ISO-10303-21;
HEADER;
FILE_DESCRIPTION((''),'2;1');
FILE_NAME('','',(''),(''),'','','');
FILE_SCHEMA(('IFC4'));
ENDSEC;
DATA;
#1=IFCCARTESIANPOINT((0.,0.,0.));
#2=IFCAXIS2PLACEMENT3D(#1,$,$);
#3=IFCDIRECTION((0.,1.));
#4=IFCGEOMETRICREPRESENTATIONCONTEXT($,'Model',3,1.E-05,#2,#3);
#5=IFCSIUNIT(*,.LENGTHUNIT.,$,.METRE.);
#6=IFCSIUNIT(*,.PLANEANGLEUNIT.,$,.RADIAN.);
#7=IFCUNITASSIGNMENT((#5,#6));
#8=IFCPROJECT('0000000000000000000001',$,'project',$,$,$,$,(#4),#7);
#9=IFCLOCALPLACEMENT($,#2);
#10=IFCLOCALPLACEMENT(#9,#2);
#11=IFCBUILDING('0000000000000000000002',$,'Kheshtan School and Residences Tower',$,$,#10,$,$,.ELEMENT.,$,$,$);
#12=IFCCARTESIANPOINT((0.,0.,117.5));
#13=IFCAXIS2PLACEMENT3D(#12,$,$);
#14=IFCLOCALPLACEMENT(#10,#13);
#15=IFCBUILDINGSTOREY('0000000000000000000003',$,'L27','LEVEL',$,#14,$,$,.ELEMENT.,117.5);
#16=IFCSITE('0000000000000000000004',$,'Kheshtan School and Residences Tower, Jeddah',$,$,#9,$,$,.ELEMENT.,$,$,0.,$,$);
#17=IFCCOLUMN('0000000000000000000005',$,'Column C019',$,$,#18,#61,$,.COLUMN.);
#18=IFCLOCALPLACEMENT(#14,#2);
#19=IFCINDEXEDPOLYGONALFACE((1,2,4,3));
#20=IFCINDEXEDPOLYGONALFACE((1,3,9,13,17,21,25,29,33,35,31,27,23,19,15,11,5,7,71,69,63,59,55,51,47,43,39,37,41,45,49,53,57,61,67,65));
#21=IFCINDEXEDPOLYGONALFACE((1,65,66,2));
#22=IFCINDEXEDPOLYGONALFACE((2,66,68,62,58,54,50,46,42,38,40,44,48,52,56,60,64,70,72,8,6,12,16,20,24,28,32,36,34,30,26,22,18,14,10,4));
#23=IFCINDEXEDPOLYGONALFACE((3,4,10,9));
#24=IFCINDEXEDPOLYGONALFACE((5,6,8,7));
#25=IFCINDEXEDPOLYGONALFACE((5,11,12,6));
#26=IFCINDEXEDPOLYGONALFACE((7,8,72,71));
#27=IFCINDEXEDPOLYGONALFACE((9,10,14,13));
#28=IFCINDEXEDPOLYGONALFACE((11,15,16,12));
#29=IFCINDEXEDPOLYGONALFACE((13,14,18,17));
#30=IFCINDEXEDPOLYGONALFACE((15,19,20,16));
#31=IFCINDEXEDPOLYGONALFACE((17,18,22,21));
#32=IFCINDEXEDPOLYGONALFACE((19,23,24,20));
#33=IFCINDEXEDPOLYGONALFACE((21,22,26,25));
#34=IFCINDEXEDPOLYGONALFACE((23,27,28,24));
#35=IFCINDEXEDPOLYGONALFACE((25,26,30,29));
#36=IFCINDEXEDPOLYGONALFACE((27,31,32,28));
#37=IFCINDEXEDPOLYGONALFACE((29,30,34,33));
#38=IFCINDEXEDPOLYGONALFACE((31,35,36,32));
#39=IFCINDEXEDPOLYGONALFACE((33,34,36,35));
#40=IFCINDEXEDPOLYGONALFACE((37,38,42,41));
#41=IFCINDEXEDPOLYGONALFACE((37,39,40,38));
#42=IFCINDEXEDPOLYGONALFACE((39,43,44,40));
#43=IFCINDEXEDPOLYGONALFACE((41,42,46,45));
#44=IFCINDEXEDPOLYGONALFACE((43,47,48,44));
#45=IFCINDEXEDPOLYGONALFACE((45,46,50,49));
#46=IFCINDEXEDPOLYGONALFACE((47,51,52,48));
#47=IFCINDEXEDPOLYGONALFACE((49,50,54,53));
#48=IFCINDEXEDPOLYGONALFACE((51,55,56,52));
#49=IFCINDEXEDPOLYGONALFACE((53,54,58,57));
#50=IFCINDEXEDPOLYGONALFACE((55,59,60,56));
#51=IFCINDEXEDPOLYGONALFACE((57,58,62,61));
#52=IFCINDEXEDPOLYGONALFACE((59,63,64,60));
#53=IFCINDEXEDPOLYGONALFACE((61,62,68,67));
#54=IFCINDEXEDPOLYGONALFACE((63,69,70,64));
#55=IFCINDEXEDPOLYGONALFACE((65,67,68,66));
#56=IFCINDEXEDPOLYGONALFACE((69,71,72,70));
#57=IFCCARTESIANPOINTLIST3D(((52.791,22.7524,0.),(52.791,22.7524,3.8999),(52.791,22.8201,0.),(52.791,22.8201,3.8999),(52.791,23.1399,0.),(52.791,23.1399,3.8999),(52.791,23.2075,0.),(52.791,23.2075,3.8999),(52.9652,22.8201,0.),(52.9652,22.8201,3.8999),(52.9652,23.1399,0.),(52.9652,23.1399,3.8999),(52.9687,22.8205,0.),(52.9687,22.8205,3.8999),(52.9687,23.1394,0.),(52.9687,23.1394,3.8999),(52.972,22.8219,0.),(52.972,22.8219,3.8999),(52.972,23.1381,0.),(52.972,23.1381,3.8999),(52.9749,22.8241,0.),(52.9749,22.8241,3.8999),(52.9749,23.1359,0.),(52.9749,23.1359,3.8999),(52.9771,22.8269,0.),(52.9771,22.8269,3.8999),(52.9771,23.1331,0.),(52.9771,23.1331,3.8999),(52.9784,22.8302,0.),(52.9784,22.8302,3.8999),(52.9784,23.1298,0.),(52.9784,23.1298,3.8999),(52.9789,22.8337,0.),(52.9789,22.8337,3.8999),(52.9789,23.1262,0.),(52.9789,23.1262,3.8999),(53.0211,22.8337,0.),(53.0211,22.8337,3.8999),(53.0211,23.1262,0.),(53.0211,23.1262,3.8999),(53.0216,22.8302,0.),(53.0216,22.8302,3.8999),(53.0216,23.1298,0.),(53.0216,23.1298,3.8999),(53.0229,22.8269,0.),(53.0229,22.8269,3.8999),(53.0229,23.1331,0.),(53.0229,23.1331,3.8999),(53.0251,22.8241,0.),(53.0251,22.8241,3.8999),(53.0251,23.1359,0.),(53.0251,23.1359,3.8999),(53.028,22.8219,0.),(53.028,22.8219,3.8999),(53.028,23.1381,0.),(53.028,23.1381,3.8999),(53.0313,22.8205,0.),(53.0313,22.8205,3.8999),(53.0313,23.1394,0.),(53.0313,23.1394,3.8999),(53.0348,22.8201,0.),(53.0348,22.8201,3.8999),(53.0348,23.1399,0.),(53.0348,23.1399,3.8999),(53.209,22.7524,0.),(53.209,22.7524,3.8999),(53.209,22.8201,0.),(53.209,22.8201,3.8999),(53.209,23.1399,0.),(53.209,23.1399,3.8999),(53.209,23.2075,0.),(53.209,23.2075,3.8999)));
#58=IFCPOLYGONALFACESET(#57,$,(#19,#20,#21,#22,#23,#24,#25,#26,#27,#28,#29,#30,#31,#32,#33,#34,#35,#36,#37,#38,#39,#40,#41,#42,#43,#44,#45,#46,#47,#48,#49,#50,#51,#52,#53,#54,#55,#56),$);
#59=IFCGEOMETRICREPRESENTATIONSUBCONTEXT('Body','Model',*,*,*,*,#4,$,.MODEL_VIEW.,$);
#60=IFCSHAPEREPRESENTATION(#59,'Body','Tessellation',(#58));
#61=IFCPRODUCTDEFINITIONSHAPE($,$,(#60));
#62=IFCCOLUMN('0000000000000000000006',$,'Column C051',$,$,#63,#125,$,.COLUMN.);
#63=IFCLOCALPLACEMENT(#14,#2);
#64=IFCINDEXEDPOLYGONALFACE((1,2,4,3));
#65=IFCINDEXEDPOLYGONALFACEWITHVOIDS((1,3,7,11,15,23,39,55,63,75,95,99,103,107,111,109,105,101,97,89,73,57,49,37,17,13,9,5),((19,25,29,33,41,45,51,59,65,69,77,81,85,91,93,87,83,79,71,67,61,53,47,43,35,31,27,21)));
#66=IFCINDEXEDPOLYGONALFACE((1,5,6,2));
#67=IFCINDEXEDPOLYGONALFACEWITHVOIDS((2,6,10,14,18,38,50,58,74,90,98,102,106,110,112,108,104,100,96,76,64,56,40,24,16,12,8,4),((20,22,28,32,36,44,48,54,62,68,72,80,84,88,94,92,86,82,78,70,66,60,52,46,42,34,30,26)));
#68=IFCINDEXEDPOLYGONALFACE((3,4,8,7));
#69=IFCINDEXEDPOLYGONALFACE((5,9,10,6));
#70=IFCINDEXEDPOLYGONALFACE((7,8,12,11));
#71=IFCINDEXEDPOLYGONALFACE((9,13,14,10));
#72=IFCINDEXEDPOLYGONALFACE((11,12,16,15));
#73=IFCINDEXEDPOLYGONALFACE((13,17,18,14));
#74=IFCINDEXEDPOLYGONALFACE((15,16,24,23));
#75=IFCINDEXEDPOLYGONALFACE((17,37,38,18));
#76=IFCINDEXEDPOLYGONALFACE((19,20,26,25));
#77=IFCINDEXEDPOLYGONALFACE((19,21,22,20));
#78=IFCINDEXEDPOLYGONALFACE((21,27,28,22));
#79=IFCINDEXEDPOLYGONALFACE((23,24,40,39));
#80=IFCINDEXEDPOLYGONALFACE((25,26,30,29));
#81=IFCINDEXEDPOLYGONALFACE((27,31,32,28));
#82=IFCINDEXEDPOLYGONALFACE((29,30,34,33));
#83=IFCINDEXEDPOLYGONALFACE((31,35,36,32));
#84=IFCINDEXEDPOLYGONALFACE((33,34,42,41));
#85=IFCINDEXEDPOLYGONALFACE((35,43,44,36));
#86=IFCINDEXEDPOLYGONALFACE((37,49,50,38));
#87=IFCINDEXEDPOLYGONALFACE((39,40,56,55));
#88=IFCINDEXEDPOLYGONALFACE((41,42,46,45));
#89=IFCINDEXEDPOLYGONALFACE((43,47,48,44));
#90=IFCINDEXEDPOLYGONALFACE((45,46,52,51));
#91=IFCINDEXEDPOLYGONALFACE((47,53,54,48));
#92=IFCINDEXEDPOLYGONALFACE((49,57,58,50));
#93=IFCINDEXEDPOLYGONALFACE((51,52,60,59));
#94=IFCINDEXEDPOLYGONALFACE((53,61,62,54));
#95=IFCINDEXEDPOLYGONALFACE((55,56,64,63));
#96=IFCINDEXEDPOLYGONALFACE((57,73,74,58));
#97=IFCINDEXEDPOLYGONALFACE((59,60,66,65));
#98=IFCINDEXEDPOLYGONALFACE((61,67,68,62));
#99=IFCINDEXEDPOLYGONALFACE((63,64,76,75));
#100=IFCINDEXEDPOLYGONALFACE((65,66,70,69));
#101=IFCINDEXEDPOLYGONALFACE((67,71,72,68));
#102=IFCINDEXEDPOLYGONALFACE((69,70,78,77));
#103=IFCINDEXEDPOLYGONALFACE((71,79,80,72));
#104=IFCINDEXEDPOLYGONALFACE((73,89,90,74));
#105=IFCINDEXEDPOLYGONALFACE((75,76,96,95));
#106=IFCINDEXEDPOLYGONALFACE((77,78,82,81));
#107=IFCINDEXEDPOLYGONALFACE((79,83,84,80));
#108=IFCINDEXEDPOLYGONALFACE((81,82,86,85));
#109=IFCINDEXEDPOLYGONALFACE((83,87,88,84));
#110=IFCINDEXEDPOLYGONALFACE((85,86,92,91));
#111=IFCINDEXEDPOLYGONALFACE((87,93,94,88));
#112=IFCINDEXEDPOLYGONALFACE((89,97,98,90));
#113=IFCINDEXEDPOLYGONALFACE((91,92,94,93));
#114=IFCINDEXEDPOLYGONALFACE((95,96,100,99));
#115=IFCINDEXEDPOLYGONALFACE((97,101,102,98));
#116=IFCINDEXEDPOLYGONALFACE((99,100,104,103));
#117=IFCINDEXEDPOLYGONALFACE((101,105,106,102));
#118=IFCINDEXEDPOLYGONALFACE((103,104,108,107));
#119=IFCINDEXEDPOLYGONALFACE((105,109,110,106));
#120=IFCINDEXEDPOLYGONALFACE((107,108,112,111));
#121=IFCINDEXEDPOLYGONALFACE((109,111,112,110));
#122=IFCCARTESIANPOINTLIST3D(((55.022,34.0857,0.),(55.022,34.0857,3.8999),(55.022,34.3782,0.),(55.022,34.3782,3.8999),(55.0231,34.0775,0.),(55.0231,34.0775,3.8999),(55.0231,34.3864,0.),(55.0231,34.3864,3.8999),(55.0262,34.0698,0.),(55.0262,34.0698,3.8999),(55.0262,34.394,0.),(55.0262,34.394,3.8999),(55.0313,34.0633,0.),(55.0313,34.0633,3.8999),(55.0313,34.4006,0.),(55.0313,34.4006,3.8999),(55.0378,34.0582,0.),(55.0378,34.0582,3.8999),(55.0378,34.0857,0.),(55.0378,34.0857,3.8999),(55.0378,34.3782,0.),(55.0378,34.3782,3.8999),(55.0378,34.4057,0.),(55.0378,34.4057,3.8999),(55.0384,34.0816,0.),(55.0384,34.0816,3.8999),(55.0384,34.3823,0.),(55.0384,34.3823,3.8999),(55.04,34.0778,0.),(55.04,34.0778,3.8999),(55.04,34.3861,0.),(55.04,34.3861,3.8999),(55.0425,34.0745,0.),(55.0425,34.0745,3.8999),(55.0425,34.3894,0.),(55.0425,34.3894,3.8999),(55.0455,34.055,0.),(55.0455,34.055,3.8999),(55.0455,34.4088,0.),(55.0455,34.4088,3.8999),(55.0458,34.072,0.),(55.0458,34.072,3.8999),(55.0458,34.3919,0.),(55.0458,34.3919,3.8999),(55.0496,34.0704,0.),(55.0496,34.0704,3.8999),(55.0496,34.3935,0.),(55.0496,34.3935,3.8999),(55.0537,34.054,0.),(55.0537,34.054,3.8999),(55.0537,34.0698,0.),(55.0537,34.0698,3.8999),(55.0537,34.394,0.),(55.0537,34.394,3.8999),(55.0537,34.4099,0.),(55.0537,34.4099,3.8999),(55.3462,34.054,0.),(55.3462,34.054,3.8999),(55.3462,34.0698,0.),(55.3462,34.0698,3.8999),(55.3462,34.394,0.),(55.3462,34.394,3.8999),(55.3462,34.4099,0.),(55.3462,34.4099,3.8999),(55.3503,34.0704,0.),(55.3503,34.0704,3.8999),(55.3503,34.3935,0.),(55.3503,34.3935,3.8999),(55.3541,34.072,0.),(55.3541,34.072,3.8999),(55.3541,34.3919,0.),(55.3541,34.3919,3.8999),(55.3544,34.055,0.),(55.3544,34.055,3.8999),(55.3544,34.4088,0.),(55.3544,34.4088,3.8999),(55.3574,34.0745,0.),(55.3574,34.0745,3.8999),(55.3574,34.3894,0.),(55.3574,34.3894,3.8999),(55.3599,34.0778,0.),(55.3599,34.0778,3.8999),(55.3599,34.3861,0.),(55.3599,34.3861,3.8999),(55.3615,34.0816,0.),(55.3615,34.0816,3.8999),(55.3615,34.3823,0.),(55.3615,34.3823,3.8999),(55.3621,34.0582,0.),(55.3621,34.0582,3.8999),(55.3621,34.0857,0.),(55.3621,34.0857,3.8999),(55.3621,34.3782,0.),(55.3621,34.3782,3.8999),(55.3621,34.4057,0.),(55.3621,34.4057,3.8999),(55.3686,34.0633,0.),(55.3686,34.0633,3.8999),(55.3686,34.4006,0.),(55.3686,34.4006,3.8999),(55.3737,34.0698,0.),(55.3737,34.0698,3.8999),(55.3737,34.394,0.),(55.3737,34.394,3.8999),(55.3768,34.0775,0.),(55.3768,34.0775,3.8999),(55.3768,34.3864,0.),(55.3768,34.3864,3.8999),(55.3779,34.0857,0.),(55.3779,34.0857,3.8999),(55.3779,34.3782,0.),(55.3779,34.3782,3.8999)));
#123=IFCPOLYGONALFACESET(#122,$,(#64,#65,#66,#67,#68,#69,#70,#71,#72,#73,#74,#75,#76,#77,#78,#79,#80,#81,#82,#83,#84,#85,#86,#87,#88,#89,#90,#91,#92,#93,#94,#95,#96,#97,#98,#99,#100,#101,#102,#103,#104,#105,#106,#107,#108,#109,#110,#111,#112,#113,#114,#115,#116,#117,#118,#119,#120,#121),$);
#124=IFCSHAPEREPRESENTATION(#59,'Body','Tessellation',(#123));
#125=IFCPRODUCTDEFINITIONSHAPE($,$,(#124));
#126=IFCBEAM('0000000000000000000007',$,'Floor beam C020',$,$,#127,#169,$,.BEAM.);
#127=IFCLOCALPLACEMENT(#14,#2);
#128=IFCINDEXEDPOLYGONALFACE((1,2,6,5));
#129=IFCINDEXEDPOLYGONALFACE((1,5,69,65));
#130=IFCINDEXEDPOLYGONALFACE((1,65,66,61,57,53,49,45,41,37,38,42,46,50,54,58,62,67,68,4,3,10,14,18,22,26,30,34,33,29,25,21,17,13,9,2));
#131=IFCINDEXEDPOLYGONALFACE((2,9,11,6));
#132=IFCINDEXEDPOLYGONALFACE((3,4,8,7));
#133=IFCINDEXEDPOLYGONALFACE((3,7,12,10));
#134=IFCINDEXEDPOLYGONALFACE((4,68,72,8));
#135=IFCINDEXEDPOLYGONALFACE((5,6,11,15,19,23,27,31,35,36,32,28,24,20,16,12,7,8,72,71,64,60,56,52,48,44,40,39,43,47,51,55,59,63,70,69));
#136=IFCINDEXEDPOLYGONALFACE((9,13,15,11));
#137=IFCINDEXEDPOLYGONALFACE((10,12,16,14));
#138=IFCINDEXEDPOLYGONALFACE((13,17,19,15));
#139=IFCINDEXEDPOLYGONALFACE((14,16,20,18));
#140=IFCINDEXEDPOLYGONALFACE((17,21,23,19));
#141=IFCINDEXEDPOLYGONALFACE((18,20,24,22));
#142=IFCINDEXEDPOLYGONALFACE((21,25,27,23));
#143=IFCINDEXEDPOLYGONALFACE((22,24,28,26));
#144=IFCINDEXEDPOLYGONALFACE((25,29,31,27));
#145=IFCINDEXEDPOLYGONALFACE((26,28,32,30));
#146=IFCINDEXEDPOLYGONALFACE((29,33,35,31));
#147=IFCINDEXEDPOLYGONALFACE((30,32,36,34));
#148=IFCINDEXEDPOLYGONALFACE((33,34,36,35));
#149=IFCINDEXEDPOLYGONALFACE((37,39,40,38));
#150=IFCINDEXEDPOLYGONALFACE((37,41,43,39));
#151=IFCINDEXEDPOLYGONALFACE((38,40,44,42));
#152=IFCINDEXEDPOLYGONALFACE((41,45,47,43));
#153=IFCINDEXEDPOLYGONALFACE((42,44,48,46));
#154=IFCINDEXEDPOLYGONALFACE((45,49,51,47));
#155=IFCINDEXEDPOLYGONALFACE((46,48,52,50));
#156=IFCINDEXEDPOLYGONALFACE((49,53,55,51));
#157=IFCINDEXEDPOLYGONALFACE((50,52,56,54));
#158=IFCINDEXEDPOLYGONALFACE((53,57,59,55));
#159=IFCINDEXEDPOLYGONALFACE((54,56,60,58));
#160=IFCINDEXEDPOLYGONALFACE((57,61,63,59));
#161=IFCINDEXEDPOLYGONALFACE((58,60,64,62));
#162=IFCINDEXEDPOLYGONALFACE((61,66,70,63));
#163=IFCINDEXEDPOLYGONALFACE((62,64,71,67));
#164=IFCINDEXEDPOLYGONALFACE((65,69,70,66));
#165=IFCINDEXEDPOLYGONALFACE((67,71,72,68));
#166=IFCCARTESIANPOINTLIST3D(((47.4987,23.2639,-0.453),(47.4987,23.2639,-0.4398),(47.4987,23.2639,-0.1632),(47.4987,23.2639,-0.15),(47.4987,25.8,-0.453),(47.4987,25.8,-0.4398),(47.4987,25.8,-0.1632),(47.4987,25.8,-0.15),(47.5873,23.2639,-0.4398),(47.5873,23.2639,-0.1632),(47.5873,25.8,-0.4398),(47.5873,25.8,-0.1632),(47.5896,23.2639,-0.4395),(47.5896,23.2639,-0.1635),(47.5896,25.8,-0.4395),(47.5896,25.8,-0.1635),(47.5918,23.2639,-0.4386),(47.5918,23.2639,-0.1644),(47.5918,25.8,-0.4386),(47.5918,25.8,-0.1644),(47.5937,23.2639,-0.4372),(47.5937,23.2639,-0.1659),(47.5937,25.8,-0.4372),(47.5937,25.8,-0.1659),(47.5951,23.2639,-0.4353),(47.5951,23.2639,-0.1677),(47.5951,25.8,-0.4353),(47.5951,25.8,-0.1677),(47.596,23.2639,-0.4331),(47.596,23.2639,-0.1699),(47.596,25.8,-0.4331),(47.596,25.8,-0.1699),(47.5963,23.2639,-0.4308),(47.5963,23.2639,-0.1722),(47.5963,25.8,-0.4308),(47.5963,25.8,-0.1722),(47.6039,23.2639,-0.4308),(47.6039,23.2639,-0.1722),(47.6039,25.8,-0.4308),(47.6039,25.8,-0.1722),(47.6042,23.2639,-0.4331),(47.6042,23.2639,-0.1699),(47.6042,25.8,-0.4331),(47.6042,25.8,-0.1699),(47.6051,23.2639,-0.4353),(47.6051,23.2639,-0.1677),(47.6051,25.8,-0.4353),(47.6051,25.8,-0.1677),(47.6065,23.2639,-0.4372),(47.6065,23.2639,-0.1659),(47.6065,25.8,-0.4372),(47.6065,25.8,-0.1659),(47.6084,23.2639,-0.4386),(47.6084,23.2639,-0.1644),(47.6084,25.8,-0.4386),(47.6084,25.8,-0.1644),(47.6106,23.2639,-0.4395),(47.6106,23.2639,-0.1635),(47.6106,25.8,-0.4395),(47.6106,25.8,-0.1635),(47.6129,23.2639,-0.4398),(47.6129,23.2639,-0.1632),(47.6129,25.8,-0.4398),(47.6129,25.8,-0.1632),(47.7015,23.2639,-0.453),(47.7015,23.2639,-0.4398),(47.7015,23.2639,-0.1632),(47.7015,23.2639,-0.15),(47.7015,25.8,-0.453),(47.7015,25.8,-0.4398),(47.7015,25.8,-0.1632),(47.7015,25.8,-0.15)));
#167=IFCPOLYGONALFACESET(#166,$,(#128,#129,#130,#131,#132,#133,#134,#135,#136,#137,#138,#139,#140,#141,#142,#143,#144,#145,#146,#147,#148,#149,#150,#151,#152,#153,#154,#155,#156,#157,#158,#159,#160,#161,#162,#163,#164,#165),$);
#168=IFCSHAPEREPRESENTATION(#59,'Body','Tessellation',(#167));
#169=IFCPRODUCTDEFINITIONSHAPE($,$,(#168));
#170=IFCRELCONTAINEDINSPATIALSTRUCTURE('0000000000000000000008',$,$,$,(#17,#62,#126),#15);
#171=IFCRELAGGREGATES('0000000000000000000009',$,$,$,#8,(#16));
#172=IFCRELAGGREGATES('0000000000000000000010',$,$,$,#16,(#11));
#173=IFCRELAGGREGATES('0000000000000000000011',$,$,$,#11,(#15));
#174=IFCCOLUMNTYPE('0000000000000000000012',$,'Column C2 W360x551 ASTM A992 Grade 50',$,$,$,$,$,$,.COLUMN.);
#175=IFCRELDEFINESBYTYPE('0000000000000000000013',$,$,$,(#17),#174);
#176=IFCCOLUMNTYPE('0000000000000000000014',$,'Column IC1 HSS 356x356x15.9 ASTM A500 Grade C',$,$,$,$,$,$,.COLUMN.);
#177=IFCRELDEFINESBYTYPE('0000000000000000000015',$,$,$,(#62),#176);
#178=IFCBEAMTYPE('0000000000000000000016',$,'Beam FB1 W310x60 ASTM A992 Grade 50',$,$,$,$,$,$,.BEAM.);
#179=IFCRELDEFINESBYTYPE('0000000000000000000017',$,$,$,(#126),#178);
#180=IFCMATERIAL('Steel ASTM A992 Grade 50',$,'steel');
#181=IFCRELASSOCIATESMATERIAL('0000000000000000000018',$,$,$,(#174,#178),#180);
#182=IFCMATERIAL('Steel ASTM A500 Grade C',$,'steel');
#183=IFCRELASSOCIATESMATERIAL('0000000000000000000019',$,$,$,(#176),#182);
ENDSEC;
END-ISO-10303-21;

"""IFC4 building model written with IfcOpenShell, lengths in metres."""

from ifc_helpers import new_model, si_unit, direction, frame, origin, origin_2d, place, context, subcontext, project, spatial, hollow_rectangle, i_section, extrude, material, material_profile, profile_set, type_object, element, save


model = new_model("IFC4")

# Units and contexts
model_context = context("Model", 3, precision=1e-05, world=origin(), true_north=direction((0.0, 1.0)))
body_context = subcontext(model_context, "Body", "Model", "MODEL_VIEW")
ifc_project = project(units=[si_unit("LENGTHUNIT", "METRE"), si_unit("PLANEANGLEUNIT", "RADIAN")], contexts=[model_context])

# Site, building, storey
site_placement = place(None, origin())
site = spatial("IfcSite", under=ifc_project, at=site_placement, Name="Kheshtan School and Residences Tower, Jeddah", CompositionType="ELEMENT", RefElevation=0.0)
building_placement = place(site_placement, origin())
building = spatial("IfcBuilding", under=site, at=building_placement, Name="Kheshtan School and Residences Tower", CompositionType="ELEMENT")
storey_placement = place(building_placement, frame((0.0, 0.0, 117.5)))
storey = spatial("IfcBuildingStorey", under=building, at=storey_placement, Name="L27", Description="LEVEL", CompositionType="ELEMENT", Elevation=117.5)

# Columns
ifc_material_1 = material(Name="Steel ASTM A992 Grade 50", Category="steel")
ifc_material_profile_1 = material_profile(ifc_material_1, i_section(OverallWidth=0.418, OverallDepth=0.4551, WebThickness=0.0422, FlangeThickness=0.0676, FilletRadius=0.0137, at=origin_2d()), Name="W360x551")
ifc_profile_set_1 = profile_set([ifc_material_profile_1], Name="Steel ASTM A992 Grade 50")
column_type_1 = type_object("IfcColumnType", Name="Column C2 W360x551 ASTM A992 Grade 50", PredefinedType="COLUMN", material=ifc_profile_set_1)
column_1_placement = place(storey_placement, frame((53.0, 22.98, 0.0), z_axis=(0.0, 0.0, 1.0), x_axis=(1.0, 0.0, 0.0)))
element("IfcColumn", 1, at=column_1_placement, inside=storey, type_object=column_type_1, Name="Column C019", PredefinedType="COLUMN", context=body_context, shape_type="SweptSolid", body=[
    extrude(i_section(OverallWidth=0.418, OverallDepth=0.4551, WebThickness=0.0422, FlangeThickness=0.0676, FilletRadius=0.0137, at=origin_2d()), origin(), (0.0, 0.0, 1.0), 3.8999),
])
ifc_material_2 = material(Name="Steel ASTM A500 Grade C", Category="steel")
ifc_material_profile_2 = material_profile(ifc_material_2, hollow_rectangle(XDim=0.356, YDim=0.356, WallThickness=0.0159, InnerFilletRadius=0.0159, OuterFilletRadius=0.0317, at=origin_2d()), Name="HSS 356x356x15.9")
ifc_profile_set_2 = profile_set([ifc_material_profile_2], Name="Steel ASTM A500 Grade C")
column_type_2 = type_object("IfcColumnType", Name="Column IC1 HSS 356x356x15.9 ASTM A500 Grade C", PredefinedType="COLUMN", material=ifc_profile_set_2)
column_2_placement = place(storey_placement, frame((55.2, 34.2319, 0.0), z_axis=(0.0, 0.0, 1.0), x_axis=(1.0, 0.0, 0.0)))
element("IfcColumn", 2, at=column_2_placement, inside=storey, type_object=column_type_2, Name="Column C051", PredefinedType="COLUMN", context=body_context, shape_type="SweptSolid", body=[
    extrude(hollow_rectangle(XDim=0.356, YDim=0.356, WallThickness=0.0159, InnerFilletRadius=0.0159, OuterFilletRadius=0.0317, at=origin_2d()), origin(), (0.0, 0.0, 1.0), 3.8999),
])

# Beam
ifc_material_profile_3 = material_profile(ifc_material_1, i_section(OverallWidth=0.2029, OverallDepth=0.303, WebThickness=0.0076, FlangeThickness=0.0132, FilletRadius=0.009, at=origin_2d()), Name="W310x60")
ifc_profile_set_3 = profile_set([ifc_material_profile_3], Name="Steel ASTM A992 Grade 50")
beam_type_1 = type_object("IfcBeamType", Name="Beam FB1 W310x60 ASTM A992 Grade 50", PredefinedType="BEAM", material=ifc_profile_set_3)
beam_1_placement = place(storey_placement, frame((47.6001, 23.2639, -0.3015), z_axis=(0.0, 1.0, 0.0), x_axis=(-1.0, 0.0, 0.0)))
element("IfcBeam", 3, at=beam_1_placement, inside=storey, type_object=beam_type_1, Name="Floor beam C020", PredefinedType="BEAM", context=body_context, shape_type="SweptSolid", body=[
    extrude(i_section(OverallWidth=0.2029, OverallDepth=0.303, WebThickness=0.0076, FlangeThickness=0.0132, FilletRadius=0.009, at=origin_2d()), origin(), (0.0, 0.0, 1.0), 2.5361),
])

save(model, "model.ifc")
